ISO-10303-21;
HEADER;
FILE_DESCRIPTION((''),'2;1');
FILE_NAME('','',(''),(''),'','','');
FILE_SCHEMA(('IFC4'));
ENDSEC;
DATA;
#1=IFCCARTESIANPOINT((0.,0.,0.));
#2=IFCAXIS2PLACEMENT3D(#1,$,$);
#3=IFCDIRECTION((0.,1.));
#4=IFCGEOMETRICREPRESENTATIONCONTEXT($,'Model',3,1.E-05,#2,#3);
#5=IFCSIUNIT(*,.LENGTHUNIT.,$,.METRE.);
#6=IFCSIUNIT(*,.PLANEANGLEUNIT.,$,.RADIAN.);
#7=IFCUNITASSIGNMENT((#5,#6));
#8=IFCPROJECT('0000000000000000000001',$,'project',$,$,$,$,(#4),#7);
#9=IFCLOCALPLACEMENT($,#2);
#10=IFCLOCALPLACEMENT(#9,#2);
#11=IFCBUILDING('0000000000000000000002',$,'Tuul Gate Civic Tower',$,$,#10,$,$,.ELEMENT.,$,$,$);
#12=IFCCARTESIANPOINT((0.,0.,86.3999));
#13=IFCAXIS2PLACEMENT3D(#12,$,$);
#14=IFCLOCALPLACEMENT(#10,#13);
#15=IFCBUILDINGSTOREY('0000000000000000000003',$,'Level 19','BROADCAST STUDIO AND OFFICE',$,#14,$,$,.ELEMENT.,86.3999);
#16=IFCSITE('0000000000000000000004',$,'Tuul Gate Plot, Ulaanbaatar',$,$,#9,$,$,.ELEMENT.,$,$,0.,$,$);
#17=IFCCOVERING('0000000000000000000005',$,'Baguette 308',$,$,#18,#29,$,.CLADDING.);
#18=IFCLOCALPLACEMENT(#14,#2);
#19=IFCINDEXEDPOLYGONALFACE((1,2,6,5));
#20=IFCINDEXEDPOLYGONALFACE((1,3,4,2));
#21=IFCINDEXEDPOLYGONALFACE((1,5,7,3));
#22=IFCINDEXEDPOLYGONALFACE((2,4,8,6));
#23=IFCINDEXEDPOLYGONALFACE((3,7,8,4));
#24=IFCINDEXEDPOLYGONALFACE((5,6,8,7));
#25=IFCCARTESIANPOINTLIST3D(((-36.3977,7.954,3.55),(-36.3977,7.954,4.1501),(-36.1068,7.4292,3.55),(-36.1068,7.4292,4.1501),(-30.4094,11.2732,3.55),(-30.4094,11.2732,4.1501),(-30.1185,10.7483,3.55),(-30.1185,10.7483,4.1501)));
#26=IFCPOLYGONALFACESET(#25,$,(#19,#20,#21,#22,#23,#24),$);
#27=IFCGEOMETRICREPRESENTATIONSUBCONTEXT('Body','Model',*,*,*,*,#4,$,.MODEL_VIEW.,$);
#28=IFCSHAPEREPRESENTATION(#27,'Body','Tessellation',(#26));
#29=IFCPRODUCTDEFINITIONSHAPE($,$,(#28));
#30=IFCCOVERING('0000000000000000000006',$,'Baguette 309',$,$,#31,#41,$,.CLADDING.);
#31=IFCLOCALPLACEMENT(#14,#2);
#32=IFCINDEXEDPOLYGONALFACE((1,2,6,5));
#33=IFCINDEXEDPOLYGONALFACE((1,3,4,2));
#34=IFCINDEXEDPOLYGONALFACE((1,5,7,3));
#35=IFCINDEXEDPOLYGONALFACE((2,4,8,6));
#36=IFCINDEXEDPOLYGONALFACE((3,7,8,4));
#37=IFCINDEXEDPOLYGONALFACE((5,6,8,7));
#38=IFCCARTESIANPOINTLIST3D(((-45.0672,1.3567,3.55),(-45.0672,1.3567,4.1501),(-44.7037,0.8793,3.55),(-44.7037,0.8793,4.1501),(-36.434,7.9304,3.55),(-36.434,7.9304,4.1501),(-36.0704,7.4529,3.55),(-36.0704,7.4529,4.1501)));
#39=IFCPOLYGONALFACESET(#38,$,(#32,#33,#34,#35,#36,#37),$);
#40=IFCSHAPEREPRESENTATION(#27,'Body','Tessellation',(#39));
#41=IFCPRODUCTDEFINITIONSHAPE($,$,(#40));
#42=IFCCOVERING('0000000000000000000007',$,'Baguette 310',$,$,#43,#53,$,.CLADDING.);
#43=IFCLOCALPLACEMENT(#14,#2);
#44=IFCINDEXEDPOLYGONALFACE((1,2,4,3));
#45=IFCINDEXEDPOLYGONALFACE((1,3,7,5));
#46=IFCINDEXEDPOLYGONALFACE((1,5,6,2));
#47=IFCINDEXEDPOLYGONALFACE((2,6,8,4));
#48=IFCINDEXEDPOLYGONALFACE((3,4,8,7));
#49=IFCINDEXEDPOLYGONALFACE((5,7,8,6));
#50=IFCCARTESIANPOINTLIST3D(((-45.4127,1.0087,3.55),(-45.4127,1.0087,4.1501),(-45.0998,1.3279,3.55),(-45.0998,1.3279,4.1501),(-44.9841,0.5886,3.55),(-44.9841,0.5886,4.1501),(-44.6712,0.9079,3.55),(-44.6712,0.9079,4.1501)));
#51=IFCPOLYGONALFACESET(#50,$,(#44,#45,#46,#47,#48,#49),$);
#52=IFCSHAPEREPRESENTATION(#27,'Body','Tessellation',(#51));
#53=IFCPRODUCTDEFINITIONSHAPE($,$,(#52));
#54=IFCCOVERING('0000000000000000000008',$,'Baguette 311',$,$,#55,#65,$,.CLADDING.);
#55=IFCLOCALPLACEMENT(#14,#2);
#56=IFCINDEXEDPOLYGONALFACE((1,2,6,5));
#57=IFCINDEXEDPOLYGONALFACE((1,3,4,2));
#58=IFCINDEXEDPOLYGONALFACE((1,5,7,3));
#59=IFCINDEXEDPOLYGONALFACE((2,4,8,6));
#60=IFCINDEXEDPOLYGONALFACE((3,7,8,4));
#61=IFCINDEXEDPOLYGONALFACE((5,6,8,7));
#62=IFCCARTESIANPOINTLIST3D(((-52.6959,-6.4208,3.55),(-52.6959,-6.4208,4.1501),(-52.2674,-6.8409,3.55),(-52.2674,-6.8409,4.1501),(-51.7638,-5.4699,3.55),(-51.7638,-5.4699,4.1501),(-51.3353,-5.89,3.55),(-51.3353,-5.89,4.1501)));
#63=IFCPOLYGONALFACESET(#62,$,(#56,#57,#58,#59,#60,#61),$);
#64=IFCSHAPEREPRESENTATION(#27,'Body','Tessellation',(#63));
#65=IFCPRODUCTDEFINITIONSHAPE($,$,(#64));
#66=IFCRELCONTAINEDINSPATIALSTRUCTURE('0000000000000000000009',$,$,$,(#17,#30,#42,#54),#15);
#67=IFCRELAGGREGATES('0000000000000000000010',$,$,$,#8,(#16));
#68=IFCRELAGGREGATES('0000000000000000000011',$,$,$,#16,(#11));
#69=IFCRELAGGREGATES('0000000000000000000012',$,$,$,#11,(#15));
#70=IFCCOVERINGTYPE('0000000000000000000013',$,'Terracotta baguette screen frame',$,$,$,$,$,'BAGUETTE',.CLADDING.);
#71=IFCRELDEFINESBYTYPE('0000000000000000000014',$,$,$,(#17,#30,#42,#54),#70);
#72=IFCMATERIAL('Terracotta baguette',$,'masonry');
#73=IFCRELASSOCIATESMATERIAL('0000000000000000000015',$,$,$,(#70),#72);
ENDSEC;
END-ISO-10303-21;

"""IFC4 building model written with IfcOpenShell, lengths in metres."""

from ifc_helpers import new_model, si_unit, direction, frame, origin, origin_2d, place, context, subcontext, project, spatial, rectangle, extrude, material, material_profile, profile_set, type_object, element, save


model = new_model("IFC4")

# Units and contexts
model_context = context("Model", 3, precision=1e-05, world=origin(), true_north=direction((0.0, 1.0)))
body_context = subcontext(model_context, "Body", "Model", "MODEL_VIEW")
ifc_project = project(units=[si_unit("LENGTHUNIT", "METRE"), si_unit("PLANEANGLEUNIT", "RADIAN")], contexts=[model_context])

# Site, building, storey
site_placement = place(None, origin())
site = spatial("IfcSite", under=ifc_project, at=site_placement, Name="Tuul Gate Plot, Ulaanbaatar", CompositionType="ELEMENT", RefElevation=0.0)
building_placement = place(site_placement, origin())
building = spatial("IfcBuilding", under=site, at=building_placement, Name="Tuul Gate Civic Tower", CompositionType="ELEMENT")
storey_placement = place(building_placement, frame((0.0, 0.0, 86.3999)))
storey = spatial("IfcBuildingStorey", under=building, at=storey_placement, Name="Level 19", Description="BROADCAST STUDIO AND OFFICE", CompositionType="ELEMENT", Elevation=86.3999)

# Coverings
ifc_material_1 = material(Name="Terracotta baguette", Category="masonry")
ifc_material_profile_1 = material_profile(ifc_material_1, rectangle(XDim=0.6001, YDim=0.6001, at=origin_2d()), Name="Terracotta baguette screen frame")
ifc_profile_set_1 = profile_set([ifc_material_profile_1], Name="Terracotta baguette")
covering_type = type_object("IfcCoveringType", Name="Terracotta baguette screen frame", ElementType="BAGUETTE", PredefinedType="CLADDING", material=ifc_profile_set_1)
covering_1_placement = place(storey_placement, frame((-30.2639, 11.0107, 3.8501), z_axis=(-0.874636, -0.48478, 0.0), x_axis=(0.48478, -0.874636, 0.0)))
element("IfcCovering", 1, at=covering_1_placement, inside=storey, type_object=covering_type, Name="Baguette 308", PredefinedType="CLADDING", context=body_context, shape_type="SweptSolid", body=[
    extrude(rectangle(XDim=0.6001, YDim=0.6001, at=origin_2d()), origin(), (0.0, 0.0, 1.0), 6.8467),
])
covering_2_placement = place(storey_placement, frame((-36.2522, 7.6917, 3.8501), z_axis=(-0.79561, -0.605809, 0.0), x_axis=(0.605809, -0.79561, 0.0)))
element("IfcCovering", 2, at=covering_2_placement, inside=storey, type_object=covering_type, Name="Baguette 309", PredefinedType="CLADDING", context=body_context, shape_type="SweptSolid", body=[
    extrude(rectangle(XDim=0.6001, YDim=0.6001, at=origin_2d()), origin(), (0.0, 0.0, 1.0), 10.8511),
])
covering_3_placement = place(storey_placement, frame((-44.8855, 1.1179, 3.8501), z_axis=(-0.699973, -0.714169, 0.0), x_axis=(0.714169, -0.699973, 0.0)))
element("IfcCovering", 3, at=covering_3_placement, inside=storey, type_object=covering_type, Name="Baguette 310", PredefinedType="CLADDING", context=body_context, shape_type="SweptSolid", body=[
    extrude(rectangle(XDim=0.6001, YDim=0.6001, at=origin_2d()), origin(), (0.0, 0.0, 1.0), 0.447),
])
covering_4_placement = place(storey_placement, frame((-51.5496, -5.6799, 3.8501), z_axis=(-0.700013, -0.71413, 0.0), x_axis=(0.71413, -0.700013, 0.0)))
element("IfcCovering", 4, at=covering_4_placement, inside=storey, type_object=covering_type, Name="Baguette 311", PredefinedType="CLADDING", context=body_context, shape_type="SweptSolid", body=[
    extrude(rectangle(XDim=0.6001, YDim=0.6001, at=origin_2d()), origin(), (0.0, 0.0, 1.0), 1.3315),
])

save(model, "model.ifc")
